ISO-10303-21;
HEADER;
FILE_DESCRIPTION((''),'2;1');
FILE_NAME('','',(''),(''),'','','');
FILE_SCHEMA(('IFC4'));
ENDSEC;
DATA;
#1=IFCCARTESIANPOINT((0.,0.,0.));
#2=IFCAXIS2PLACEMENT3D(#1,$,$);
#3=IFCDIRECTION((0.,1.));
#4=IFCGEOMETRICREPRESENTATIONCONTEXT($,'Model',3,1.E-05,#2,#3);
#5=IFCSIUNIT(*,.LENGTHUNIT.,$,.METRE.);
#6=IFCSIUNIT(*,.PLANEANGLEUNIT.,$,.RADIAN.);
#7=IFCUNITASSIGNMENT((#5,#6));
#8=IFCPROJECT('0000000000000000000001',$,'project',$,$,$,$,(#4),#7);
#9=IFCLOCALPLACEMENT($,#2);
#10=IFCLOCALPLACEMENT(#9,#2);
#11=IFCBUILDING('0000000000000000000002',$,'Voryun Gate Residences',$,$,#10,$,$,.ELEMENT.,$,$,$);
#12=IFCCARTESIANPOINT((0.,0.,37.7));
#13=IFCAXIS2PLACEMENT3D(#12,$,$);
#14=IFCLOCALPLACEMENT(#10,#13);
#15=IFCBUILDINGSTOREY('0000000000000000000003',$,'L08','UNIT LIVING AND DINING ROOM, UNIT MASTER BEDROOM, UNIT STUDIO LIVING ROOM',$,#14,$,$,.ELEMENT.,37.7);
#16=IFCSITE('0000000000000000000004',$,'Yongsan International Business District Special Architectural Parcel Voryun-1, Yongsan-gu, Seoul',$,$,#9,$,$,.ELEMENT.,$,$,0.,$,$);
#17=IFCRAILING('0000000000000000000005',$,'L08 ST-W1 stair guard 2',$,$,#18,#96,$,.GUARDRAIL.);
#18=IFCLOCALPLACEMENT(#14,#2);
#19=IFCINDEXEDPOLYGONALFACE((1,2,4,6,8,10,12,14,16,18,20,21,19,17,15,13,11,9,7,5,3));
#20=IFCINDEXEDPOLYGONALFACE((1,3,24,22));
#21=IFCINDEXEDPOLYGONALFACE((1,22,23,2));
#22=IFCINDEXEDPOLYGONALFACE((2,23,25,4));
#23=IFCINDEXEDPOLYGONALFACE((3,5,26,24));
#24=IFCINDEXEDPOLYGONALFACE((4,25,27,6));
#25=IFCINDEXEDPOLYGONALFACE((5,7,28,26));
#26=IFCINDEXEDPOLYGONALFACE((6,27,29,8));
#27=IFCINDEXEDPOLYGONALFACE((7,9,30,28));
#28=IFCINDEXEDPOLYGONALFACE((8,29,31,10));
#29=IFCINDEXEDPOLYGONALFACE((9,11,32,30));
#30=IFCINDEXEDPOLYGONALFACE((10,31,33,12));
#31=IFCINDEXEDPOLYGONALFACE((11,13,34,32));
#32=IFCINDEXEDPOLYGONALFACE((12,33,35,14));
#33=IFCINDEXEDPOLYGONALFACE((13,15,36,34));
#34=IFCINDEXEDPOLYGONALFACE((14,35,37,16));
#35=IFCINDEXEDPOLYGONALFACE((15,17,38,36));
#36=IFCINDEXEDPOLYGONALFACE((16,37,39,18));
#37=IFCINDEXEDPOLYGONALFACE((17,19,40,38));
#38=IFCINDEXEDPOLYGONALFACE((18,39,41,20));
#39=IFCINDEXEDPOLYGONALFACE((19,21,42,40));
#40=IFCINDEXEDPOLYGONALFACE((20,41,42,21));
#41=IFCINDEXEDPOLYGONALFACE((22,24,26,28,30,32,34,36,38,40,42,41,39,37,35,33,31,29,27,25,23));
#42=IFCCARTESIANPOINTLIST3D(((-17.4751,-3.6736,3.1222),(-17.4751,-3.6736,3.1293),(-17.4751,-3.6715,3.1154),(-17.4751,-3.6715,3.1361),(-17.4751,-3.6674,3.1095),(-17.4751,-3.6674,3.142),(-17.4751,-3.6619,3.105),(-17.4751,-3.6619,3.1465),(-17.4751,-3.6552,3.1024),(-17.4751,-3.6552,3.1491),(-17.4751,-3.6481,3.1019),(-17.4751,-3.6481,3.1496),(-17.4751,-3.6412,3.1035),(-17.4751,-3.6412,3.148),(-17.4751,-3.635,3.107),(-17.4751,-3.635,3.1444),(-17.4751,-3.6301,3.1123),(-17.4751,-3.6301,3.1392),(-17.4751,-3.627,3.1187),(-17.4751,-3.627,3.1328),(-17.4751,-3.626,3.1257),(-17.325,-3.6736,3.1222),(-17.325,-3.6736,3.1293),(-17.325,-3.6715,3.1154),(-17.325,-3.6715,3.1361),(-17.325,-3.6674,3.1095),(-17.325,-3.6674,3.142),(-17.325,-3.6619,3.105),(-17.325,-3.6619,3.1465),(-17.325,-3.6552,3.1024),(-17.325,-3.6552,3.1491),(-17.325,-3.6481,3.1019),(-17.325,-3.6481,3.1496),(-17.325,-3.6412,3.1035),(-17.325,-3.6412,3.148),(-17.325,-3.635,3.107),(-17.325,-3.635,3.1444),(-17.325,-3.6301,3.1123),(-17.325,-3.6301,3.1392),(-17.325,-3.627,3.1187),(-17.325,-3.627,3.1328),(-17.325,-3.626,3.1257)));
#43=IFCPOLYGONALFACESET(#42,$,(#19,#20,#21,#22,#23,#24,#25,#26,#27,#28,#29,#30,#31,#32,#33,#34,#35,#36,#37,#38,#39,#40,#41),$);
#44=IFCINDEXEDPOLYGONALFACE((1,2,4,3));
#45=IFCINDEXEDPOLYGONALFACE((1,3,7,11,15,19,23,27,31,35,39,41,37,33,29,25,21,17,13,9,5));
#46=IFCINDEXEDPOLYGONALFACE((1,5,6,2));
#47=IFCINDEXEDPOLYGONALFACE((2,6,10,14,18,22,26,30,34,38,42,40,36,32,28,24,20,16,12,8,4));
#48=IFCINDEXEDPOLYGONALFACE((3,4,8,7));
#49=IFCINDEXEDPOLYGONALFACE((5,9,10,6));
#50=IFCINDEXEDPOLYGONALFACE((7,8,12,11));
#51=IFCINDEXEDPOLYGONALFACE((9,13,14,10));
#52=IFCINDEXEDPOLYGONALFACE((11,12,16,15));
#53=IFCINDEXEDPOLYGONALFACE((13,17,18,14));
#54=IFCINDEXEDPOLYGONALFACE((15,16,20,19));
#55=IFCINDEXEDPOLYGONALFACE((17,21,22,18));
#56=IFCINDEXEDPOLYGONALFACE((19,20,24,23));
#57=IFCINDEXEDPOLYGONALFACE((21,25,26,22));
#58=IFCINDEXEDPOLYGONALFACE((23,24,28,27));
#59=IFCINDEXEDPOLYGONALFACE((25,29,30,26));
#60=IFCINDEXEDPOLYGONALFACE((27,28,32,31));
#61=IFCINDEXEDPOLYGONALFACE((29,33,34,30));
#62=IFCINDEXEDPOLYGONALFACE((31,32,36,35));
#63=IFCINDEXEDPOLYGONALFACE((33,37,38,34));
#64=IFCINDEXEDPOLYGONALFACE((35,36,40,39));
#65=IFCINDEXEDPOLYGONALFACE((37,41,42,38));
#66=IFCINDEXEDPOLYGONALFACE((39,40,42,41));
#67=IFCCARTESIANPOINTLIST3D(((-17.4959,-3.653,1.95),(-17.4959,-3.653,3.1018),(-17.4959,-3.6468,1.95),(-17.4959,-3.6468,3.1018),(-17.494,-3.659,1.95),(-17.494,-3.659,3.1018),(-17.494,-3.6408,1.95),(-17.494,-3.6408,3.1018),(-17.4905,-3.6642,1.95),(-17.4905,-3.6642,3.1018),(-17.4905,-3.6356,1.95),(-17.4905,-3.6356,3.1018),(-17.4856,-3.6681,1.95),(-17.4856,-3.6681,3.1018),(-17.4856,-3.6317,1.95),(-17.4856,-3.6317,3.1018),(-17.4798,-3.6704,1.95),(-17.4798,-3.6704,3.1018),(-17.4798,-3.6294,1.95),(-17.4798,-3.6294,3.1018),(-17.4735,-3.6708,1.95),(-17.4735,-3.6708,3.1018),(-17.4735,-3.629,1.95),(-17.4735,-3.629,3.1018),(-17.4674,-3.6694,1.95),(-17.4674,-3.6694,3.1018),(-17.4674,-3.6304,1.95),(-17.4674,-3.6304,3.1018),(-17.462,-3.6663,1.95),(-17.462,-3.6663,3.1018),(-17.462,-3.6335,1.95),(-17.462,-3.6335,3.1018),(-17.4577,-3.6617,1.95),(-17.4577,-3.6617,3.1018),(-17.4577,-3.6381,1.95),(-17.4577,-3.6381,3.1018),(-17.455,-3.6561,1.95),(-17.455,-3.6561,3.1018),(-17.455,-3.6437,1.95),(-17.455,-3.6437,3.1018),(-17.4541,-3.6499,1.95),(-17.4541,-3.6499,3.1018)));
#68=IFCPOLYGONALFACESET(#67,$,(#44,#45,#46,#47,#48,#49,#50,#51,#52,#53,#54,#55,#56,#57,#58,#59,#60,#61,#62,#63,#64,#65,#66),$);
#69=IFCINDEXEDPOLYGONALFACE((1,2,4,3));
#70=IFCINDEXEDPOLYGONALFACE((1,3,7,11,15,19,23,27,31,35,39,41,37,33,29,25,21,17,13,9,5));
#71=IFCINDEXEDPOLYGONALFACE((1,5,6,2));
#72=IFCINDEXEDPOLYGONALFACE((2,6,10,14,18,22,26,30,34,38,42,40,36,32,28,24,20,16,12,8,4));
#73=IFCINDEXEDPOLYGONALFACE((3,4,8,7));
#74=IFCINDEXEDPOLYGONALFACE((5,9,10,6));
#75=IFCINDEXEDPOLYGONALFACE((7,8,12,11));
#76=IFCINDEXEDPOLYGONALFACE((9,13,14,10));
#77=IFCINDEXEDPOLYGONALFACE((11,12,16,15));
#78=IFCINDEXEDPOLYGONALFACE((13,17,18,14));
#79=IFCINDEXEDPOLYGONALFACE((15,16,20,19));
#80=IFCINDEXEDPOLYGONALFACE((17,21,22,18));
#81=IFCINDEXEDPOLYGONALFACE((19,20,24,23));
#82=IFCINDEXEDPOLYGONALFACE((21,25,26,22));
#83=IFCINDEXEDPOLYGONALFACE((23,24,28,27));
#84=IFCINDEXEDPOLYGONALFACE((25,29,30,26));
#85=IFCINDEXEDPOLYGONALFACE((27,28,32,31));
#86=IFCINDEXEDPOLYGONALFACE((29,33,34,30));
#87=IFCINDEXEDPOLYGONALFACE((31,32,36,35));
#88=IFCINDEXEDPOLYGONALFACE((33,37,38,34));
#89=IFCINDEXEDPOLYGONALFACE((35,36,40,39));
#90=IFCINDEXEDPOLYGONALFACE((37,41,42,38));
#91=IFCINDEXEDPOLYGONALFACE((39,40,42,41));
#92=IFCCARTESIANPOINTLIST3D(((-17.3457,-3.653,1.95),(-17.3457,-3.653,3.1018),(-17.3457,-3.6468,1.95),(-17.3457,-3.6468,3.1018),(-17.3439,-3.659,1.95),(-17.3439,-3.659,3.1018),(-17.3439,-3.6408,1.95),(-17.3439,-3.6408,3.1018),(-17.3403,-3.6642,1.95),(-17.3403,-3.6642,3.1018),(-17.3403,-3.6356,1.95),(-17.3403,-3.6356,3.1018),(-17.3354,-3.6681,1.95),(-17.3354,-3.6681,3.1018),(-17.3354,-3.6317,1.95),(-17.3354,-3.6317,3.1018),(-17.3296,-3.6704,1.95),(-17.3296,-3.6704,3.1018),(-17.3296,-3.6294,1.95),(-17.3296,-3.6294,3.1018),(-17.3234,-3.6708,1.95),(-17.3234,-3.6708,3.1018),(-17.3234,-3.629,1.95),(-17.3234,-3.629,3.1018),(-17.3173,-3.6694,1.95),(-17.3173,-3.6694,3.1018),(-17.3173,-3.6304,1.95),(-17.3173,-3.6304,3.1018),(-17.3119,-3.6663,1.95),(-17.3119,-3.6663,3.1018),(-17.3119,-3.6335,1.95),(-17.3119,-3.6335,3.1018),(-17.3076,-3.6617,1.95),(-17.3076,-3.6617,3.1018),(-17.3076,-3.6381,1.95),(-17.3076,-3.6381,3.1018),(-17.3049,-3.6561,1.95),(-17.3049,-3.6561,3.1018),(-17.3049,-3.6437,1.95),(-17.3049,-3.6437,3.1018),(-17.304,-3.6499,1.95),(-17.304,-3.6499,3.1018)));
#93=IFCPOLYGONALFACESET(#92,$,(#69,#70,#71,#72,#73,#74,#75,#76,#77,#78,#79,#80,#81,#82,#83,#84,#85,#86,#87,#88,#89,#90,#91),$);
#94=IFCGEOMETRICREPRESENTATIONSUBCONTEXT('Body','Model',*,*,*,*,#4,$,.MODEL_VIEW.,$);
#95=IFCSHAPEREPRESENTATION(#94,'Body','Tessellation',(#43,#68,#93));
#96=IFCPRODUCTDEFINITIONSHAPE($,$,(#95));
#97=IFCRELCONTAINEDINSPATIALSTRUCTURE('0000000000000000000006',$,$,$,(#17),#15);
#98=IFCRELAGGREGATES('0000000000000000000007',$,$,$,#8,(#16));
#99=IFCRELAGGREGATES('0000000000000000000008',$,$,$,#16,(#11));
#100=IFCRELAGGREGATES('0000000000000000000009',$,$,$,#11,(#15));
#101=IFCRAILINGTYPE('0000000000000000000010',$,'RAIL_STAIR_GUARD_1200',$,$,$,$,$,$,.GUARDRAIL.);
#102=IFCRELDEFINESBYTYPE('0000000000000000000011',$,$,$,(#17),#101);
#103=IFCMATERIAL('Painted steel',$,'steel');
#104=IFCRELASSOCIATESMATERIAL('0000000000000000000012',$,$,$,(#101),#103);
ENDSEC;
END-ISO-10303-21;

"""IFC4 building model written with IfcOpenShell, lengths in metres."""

from ifc_helpers import new_model, si_unit, direction, frame, origin, origin_2d, place, context, subcontext, project, spatial, circle, extrude, material, type_object, element, save


model = new_model("IFC4")

# Units and contexts
model_context = context("Model", 3, precision=1e-05, world=origin(), true_north=direction((0.0, 1.0)))
body_context = subcontext(model_context, "Body", "Model", "MODEL_VIEW")
ifc_project = project(units=[si_unit("LENGTHUNIT", "METRE"), si_unit("PLANEANGLEUNIT", "RADIAN")], contexts=[model_context])

# Site, building, storey
site_placement = place(None, origin())
site = spatial("IfcSite", under=ifc_project, at=site_placement, Name="Yongsan International Business District Special Architectural Parcel Voryun-1, Yongsan-gu, Seoul", CompositionType="ELEMENT", RefElevation=0.0)
building_placement = place(site_placement, origin())
building = spatial("IfcBuilding", under=site, at=building_placement, Name="Voryun Gate Residences", CompositionType="ELEMENT")
storey_placement = place(building_placement, frame((0.0, 0.0, 37.7)))
storey = spatial("IfcBuildingStorey", under=building, at=storey_placement, Name="L08", Description="UNIT LIVING AND DINING ROOM, UNIT MASTER BEDROOM, UNIT STUDIO LIVING ROOM", CompositionType="ELEMENT", Elevation=37.7)

# Railing
ifc_material_1 = material(Name="Painted steel", Category="steel")
railing_type_1 = type_object("IfcRailingType", Name="RAIL_STAIR_GUARD_1200", PredefinedType="GUARDRAIL", material=ifc_material_1)
railing_1_placement = place(storey_placement, frame((-17.4751, -3.6499, 1.95)))
element("IfcRailing", 1, at=railing_1_placement, inside=storey, type_object=railing_type_1, Name="L08 ST-W1 stair guard 2", PredefinedType="GUARDRAIL", context=body_context, shape_type="SweptSolid", body=[
    extrude(circle(Radius=0.0239, at=origin_2d()), frame((0.0, 0.0, 1.1758), z_axis=(1.0, 0.0, 0.0), x_axis=(0.0, 1.0, 0.0)), (0.0, 0.0, 1.0), 0.1501),
    extrude(circle(Radius=0.021, at=origin_2d()), origin(), (0.0, 0.0, 1.0), 1.1519),
    extrude(circle(Radius=0.021, at=origin_2d()), frame((0.1501, 0.0, 0.0)), (0.0, 0.0, 1.0), 1.1519),
])

save(model, "model.ifc")
